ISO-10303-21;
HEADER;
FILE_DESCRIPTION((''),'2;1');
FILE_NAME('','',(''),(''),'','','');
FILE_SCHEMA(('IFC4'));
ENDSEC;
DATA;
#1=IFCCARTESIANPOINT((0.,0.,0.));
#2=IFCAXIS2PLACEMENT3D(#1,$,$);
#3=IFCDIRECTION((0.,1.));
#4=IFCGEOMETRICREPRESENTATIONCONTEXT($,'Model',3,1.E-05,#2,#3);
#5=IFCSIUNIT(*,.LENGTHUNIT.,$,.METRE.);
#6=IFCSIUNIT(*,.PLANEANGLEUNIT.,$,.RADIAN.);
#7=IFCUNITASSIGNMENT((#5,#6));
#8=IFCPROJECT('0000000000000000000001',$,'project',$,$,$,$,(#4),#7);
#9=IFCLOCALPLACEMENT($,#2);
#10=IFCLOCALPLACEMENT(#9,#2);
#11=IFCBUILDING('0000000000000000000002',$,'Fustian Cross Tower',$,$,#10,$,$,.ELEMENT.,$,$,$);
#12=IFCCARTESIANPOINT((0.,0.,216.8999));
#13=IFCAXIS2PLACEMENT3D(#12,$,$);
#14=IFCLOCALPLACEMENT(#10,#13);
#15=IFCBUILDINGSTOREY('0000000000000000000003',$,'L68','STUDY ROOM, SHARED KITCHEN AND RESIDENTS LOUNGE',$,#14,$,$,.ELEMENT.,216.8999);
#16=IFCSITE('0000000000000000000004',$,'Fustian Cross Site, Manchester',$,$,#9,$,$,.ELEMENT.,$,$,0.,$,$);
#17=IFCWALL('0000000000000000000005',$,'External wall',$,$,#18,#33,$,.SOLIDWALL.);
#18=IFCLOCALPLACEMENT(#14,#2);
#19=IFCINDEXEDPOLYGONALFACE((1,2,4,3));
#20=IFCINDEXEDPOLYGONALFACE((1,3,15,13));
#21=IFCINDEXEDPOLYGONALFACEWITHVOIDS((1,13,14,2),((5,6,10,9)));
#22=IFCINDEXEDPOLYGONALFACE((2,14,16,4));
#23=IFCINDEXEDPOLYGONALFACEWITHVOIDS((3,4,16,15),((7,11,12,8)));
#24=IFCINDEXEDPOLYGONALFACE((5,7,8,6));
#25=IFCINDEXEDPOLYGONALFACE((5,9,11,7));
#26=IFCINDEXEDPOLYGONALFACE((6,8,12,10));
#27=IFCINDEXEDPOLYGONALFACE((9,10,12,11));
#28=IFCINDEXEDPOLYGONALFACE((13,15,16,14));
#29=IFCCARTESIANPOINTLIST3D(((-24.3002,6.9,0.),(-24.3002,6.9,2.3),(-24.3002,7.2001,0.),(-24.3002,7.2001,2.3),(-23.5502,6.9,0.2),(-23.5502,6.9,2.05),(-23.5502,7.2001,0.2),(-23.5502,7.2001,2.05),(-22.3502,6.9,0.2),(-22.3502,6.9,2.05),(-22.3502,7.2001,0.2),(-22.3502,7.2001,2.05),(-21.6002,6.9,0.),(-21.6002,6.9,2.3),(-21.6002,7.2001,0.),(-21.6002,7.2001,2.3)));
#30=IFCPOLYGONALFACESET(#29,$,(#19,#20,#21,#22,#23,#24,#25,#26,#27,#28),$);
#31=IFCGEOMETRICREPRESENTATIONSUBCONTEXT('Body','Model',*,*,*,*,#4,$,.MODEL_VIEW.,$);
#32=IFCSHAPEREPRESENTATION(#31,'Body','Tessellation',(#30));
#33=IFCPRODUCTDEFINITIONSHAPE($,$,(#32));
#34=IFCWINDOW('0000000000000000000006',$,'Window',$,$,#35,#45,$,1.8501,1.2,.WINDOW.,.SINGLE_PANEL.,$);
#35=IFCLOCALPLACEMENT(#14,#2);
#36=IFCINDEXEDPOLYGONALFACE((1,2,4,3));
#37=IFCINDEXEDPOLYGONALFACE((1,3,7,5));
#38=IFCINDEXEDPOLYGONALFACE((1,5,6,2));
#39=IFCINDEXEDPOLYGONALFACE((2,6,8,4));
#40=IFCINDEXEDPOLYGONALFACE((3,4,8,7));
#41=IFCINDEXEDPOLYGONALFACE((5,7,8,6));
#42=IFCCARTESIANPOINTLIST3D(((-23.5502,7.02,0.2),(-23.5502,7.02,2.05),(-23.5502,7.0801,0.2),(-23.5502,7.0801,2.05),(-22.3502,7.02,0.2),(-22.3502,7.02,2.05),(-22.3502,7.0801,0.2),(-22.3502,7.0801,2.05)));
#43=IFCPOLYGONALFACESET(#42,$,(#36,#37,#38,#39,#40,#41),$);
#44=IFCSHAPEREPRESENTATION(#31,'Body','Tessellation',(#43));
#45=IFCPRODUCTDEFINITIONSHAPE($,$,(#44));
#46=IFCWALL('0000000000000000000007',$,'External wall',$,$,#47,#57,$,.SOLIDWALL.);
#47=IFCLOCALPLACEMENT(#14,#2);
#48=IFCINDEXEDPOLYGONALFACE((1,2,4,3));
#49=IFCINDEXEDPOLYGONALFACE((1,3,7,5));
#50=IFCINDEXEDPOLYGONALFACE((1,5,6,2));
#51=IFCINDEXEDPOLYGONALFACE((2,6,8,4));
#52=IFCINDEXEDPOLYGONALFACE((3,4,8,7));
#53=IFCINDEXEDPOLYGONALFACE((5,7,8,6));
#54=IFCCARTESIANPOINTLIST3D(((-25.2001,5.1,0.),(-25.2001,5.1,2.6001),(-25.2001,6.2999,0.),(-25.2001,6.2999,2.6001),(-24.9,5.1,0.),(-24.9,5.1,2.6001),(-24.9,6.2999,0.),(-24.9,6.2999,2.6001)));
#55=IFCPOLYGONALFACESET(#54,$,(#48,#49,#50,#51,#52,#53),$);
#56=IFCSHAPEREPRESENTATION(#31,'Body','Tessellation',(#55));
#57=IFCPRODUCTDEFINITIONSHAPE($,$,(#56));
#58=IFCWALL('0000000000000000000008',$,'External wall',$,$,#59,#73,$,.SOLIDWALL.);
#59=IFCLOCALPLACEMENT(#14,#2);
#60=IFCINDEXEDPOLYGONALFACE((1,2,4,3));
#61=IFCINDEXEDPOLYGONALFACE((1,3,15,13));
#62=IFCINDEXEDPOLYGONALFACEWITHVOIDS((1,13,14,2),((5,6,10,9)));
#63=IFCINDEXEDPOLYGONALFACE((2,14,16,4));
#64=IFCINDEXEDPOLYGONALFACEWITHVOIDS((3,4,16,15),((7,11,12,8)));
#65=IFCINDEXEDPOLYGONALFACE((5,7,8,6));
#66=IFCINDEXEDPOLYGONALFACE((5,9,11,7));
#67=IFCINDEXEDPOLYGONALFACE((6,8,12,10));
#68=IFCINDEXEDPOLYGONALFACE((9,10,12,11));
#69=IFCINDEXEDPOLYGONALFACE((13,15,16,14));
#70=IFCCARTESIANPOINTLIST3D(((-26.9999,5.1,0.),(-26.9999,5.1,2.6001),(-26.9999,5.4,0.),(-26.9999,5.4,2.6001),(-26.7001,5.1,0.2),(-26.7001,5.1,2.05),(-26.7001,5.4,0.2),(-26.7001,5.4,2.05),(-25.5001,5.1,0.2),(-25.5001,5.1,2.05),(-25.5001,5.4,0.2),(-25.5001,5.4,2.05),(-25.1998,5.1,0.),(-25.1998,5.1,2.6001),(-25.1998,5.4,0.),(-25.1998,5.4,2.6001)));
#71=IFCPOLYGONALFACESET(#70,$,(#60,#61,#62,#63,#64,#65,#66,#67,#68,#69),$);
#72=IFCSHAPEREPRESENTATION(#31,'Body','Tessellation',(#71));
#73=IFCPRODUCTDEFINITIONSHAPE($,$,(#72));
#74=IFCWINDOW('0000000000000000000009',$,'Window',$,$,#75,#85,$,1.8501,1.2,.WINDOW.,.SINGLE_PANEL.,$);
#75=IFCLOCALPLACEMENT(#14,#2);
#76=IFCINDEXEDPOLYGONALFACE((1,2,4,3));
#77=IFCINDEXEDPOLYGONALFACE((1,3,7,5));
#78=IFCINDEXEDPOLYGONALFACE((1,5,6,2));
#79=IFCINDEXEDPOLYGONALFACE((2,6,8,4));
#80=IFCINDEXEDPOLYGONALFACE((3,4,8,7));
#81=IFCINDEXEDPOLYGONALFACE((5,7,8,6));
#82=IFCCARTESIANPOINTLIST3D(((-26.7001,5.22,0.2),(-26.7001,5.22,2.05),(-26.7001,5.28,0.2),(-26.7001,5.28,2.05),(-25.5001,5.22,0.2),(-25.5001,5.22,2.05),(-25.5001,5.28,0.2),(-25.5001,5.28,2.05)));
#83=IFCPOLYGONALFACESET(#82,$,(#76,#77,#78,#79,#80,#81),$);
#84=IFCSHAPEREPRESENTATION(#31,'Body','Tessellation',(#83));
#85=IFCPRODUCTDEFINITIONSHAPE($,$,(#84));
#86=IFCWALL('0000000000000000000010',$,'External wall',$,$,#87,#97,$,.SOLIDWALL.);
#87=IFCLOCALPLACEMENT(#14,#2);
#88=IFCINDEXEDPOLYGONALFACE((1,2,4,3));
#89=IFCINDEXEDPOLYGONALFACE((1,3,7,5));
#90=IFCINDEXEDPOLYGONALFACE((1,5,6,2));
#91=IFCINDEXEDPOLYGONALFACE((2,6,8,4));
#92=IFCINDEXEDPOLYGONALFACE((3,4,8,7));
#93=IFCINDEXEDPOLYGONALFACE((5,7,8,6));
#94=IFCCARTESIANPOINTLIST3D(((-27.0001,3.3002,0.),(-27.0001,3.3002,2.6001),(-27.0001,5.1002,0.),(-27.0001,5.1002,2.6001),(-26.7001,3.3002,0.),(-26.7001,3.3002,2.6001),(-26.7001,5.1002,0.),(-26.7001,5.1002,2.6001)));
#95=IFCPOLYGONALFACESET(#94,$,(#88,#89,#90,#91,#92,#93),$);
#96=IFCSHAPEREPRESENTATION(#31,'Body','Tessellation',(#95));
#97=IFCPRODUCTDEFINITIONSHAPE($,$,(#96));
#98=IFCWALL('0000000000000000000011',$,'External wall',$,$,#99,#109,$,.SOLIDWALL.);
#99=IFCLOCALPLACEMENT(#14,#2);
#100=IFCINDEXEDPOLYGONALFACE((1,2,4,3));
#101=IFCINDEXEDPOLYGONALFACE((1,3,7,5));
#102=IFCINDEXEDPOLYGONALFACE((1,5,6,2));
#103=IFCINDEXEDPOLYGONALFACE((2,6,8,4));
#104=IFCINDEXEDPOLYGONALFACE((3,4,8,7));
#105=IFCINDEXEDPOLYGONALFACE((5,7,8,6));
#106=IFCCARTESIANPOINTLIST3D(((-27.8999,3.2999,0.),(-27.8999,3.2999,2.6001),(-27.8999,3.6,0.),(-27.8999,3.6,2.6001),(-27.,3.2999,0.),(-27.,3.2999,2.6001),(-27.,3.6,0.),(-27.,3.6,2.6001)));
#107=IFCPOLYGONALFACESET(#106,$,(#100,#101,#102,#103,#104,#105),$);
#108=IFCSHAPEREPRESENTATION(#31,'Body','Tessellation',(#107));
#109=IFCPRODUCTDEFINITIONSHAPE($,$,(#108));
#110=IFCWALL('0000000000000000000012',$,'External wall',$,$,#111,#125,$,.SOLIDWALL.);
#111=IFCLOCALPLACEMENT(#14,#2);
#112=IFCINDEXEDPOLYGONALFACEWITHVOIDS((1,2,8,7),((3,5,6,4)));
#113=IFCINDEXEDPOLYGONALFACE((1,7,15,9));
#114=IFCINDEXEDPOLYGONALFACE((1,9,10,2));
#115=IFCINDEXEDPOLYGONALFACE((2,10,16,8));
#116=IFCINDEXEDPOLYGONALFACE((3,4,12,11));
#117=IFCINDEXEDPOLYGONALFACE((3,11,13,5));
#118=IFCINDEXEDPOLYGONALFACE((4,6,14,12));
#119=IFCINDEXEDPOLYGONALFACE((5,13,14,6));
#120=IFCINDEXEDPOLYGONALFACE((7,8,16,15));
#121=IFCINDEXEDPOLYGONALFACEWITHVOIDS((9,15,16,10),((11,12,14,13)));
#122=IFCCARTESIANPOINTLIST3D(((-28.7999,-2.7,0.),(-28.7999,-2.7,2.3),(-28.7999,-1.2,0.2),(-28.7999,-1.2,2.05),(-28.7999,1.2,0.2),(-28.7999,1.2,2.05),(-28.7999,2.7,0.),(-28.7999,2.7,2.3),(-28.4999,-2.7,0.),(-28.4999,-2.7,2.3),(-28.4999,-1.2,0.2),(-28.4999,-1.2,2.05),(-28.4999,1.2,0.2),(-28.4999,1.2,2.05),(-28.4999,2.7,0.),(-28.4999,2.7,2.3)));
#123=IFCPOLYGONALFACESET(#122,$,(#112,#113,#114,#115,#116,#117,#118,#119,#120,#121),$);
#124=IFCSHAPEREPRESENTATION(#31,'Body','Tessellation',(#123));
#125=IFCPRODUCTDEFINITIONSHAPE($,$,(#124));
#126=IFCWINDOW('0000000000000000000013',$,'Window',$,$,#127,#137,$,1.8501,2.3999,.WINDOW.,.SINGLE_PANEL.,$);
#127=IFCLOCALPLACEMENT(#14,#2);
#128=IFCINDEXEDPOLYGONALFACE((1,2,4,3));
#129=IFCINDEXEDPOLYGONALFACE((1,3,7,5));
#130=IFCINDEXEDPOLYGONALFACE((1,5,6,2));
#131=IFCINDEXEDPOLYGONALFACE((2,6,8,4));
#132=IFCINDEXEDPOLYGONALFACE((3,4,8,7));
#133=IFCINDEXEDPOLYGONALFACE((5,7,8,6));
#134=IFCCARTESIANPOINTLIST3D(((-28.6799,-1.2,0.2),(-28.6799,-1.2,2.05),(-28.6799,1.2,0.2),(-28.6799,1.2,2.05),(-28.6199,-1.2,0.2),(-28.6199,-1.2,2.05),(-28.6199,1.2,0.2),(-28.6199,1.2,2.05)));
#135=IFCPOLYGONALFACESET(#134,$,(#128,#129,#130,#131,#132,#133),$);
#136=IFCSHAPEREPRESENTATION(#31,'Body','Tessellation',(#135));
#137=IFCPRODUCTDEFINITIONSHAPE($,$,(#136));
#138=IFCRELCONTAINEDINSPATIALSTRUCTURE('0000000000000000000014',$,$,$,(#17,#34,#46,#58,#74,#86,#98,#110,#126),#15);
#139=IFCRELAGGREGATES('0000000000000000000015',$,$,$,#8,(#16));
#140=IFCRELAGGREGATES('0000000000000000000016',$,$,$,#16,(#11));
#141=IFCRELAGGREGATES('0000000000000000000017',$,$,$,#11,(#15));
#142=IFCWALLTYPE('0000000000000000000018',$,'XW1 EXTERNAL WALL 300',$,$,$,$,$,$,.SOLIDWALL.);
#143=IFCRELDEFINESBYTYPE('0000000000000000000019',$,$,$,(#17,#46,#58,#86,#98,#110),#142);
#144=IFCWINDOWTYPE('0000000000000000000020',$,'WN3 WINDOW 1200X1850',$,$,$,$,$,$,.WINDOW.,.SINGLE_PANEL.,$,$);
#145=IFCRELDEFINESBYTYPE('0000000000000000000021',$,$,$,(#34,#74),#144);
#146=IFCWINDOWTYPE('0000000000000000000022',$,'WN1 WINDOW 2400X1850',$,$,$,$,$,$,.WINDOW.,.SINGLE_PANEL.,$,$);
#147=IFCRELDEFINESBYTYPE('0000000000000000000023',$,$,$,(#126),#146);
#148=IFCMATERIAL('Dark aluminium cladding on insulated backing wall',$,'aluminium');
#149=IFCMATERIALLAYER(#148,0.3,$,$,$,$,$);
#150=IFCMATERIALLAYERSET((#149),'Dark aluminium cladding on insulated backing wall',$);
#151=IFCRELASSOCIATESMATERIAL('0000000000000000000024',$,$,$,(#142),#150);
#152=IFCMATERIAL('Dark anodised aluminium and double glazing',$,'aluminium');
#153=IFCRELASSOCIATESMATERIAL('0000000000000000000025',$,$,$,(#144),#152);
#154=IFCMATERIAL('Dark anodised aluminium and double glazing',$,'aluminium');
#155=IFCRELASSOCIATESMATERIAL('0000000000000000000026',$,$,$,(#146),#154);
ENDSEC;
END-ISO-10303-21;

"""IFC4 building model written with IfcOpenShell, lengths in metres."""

from ifc_helpers import new_model, si_unit, direction, frame, frame_2d, origin, place, context, subcontext, project, spatial, rectangle, extrude, material, layer, layer_set, type_object, element, fill, save


model = new_model("IFC4")

# Units and contexts
model_context = context("Model", 3, precision=1e-05, world=origin(), true_north=direction((0.0, 1.0)))
body_context = subcontext(model_context, "Body", "Model", "MODEL_VIEW")
ifc_project = project(units=[si_unit("LENGTHUNIT", "METRE"), si_unit("PLANEANGLEUNIT", "RADIAN")], contexts=[model_context])

# Site, building, storey
site_placement = place(None, origin())
site = spatial("IfcSite", under=ifc_project, at=site_placement, Name="Fustian Cross Site, Manchester", CompositionType="ELEMENT", RefElevation=0.0)
building_placement = place(site_placement, origin())
building = spatial("IfcBuilding", under=site, at=building_placement, Name="Fustian Cross Tower", CompositionType="ELEMENT")
storey_placement = place(building_placement, frame((0.0, 0.0, 216.8999)))
storey = spatial("IfcBuildingStorey", under=building, at=storey_placement, Name="L68", Description="STUDY ROOM, SHARED KITCHEN AND RESIDENTS LOUNGE", CompositionType="ELEMENT", Elevation=216.8999)

# Wall, opening, window
ifc_material_1 = material(Name="Dark aluminium cladding on insulated backing wall", Category="aluminium")
ifc_layer_1 = layer(ifc_material_1, 0.3)
ifc_layer_set_1 = layer_set([ifc_layer_1], Name="Dark aluminium cladding on insulated backing wall")
wall_type_1 = type_object("IfcWallType", Name="XW1 EXTERNAL WALL 300", PredefinedType="SOLIDWALL", material=ifc_layer_set_1)
wall_1_placement = place(storey_placement, frame((-21.6001, 7.05, 0.0), z_axis=(0.0, 0.0, 1.0), x_axis=(-1.0, 0.0, 0.0)))
wall_1 = element("IfcWall", 1, at=wall_1_placement, inside=storey, type_object=wall_type_1, Name="External wall", PredefinedType="SOLIDWALL", context=body_context, shape_type="SweptSolid", body=[
    extrude(rectangle(XDim=2.7, YDim=0.3, at=frame_2d((1.3501, 0.0))), origin(), (0.0, 0.0, 1.0), 2.3),
])
opening_1_placement = place(wall_1_placement, frame((0.75, 0.0, 0.2)))
opening_1 = element("IfcOpeningElement", 2, at=opening_1_placement, cuts=wall_1, PredefinedType="OPENING", context=body_context, shape_type="SweptSolid", body=[
    extrude(rectangle(XDim=1.2, YDim=1.8501, at=frame_2d((0.6001, 0.925))), frame((0.0, 0.1599, 0.0), z_axis=(0.0, -1.0, 0.0), x_axis=(1.0, 0.0, 0.0)), (0.0, 0.0, 1.0), 0.3201),
])
ifc_material_2 = material(Name="Dark anodised aluminium and double glazing", Category="aluminium")
window_type_1 = type_object("IfcWindowType", Name="WN3 WINDOW 1200X1850", PartitioningType="SINGLE_PANEL", PredefinedType="WINDOW", material=ifc_material_2)
window_1_placement = place(opening_1_placement, origin())
window_1 = element("IfcWindow", 3, at=window_1_placement, inside=storey, type_object=window_type_1, Name="Window", OverallHeight=1.8501, OverallWidth=1.2, PartitioningType="SINGLE_PANEL", PredefinedType="WINDOW", context=body_context, shape_type="SweptSolid", body=[
    extrude(rectangle(XDim=1.2, YDim=1.8501, at=frame_2d((0.6001, 0.925))), frame((0.0, 0.03, 0.0), z_axis=(0.0, -1.0, 0.0), x_axis=(1.0, 0.0, 0.0)), (0.0, 0.0, 1.0), 0.0601),
])
fill(opening_1, window_1)

# Wall
wall_2_placement = place(storey_placement, frame((-25.05, 6.3, 0.0), z_axis=(0.0, 0.0, 1.0), x_axis=(0.0, -1.0, 0.0)))
element("IfcWall", 4, at=wall_2_placement, inside=storey, type_object=wall_type_1, Name="External wall", PredefinedType="SOLIDWALL", context=body_context, shape_type="SweptSolid", body=[
    extrude(rectangle(XDim=1.2, YDim=0.3, at=frame_2d((0.6001, 0.0))), origin(), (0.0, 0.0, 1.0), 2.6001),
])

# Wall, opening, window
wall_3_placement = place(storey_placement, frame((-25.2, 5.25, 0.0), z_axis=(0.0, 0.0, 1.0), x_axis=(-1.0, 0.0, 0.0)))
wall_3 = element("IfcWall", 5, at=wall_3_placement, inside=storey, type_object=wall_type_1, Name="External wall", PredefinedType="SOLIDWALL", context=body_context, shape_type="SweptSolid", body=[
    extrude(rectangle(XDim=1.8, YDim=0.3, at=frame_2d((0.8999, 0.0))), origin(), (0.0, 0.0, 1.0), 2.6001),
])
opening_2_placement = place(wall_3_placement, frame((0.3, 0.0, 0.2)))
opening_2 = element("IfcOpeningElement", 6, at=opening_2_placement, cuts=wall_3, PredefinedType="OPENING", context=body_context, shape_type="SweptSolid", body=[
    extrude(rectangle(XDim=1.2, YDim=1.8501, at=frame_2d((0.6001, 0.925))), frame((0.0, 0.1599, 0.0), z_axis=(0.0, -1.0, 0.0), x_axis=(1.0, 0.0, 0.0)), (0.0, 0.0, 1.0), 0.3201),
])
window_2_placement = place(opening_2_placement, origin())
window_2 = element("IfcWindow", 7, at=window_2_placement, inside=storey, type_object=window_type_1, Name="Window", OverallHeight=1.8501, OverallWidth=1.2, PartitioningType="SINGLE_PANEL", PredefinedType="WINDOW", context=body_context, shape_type="SweptSolid", body=[
    extrude(rectangle(XDim=1.2, YDim=1.8501, at=frame_2d((0.6001, 0.925))), frame((0.0, 0.03, 0.0), z_axis=(0.0, -1.0, 0.0), x_axis=(1.0, 0.0, 0.0)), (0.0, 0.0, 1.0), 0.0601),
])
fill(opening_2, window_2)

# Walls
wall_4_placement = place(storey_placement, frame((-26.8501, 5.1001, 0.0), z_axis=(0.0, 0.0, 1.0), x_axis=(0.0, -1.0, 0.0)))
element("IfcWall", 8, at=wall_4_placement, inside=storey, type_object=wall_type_1, Name="External wall", PredefinedType="SOLIDWALL", context=body_context, shape_type="SweptSolid", body=[
    extrude(rectangle(XDim=1.8, YDim=0.3, at=frame_2d((0.8999, 0.0))), origin(), (0.0, 0.0, 1.0), 2.6001),
])
wall_5_placement = place(storey_placement, frame((-27.0, 3.45, 0.0), z_axis=(0.0, 0.0, 1.0), x_axis=(-1.0, 0.0, 0.0)))
element("IfcWall", 9, at=wall_5_placement, inside=storey, type_object=wall_type_1, Name="External wall", PredefinedType="SOLIDWALL", context=body_context, shape_type="SweptSolid", body=[
    extrude(rectangle(XDim=0.8999, YDim=0.3, at=frame_2d((0.45, 0.0))), origin(), (0.0, 0.0, 1.0), 2.6001),
])

# Wall, opening, window
wall_6_placement = place(storey_placement, frame((-28.6499, 2.7, 0.0), z_axis=(0.0, 0.0, 1.0), x_axis=(0.0, -1.0, 0.0)))
wall_6 = element("IfcWall", 10, at=wall_6_placement, inside=storey, type_object=wall_type_1, Name="External wall", PredefinedType="SOLIDWALL", context=body_context, shape_type="SweptSolid", body=[
    extrude(rectangle(XDim=5.3999, YDim=0.3, at=frame_2d((2.7, 0.0))), origin(), (0.0, 0.0, 1.0), 2.3),
])
opening_3_placement = place(wall_6_placement, frame((1.5, 0.0, 0.2)))
opening_3 = element("IfcOpeningElement", 11, at=opening_3_placement, cuts=wall_6, PredefinedType="OPENING", context=body_context, shape_type="SweptSolid", body=[
    extrude(rectangle(XDim=2.3999, YDim=1.8501, at=frame_2d((1.2, 0.925))), frame((0.0, 0.1599, 0.0), z_axis=(0.0, -1.0, 0.0), x_axis=(1.0, 0.0, 0.0)), (0.0, 0.0, 1.0), 0.3201),
])
ifc_material_3 = material(Name="Dark anodised aluminium and double glazing", Category="aluminium")
window_type_2 = type_object("IfcWindowType", Name="WN1 WINDOW 2400X1850", PartitioningType="SINGLE_PANEL", PredefinedType="WINDOW", material=ifc_material_3)
window_3_placement = place(opening_3_placement, origin())
window_3 = element("IfcWindow", 12, at=window_3_placement, inside=storey, type_object=window_type_2, Name="Window", OverallHeight=1.8501, OverallWidth=2.3999, PartitioningType="SINGLE_PANEL", PredefinedType="WINDOW", context=body_context, shape_type="SweptSolid", body=[
    extrude(rectangle(XDim=2.3999, YDim=1.8501, at=frame_2d((1.2, 0.925))), frame((0.0, 0.03, 0.0), z_axis=(0.0, -1.0, 0.0), x_axis=(1.0, 0.0, 0.0)), (0.0, 0.0, 1.0), 0.0601),
])
fill(opening_3, window_3)

save(model, "model.ifc")
